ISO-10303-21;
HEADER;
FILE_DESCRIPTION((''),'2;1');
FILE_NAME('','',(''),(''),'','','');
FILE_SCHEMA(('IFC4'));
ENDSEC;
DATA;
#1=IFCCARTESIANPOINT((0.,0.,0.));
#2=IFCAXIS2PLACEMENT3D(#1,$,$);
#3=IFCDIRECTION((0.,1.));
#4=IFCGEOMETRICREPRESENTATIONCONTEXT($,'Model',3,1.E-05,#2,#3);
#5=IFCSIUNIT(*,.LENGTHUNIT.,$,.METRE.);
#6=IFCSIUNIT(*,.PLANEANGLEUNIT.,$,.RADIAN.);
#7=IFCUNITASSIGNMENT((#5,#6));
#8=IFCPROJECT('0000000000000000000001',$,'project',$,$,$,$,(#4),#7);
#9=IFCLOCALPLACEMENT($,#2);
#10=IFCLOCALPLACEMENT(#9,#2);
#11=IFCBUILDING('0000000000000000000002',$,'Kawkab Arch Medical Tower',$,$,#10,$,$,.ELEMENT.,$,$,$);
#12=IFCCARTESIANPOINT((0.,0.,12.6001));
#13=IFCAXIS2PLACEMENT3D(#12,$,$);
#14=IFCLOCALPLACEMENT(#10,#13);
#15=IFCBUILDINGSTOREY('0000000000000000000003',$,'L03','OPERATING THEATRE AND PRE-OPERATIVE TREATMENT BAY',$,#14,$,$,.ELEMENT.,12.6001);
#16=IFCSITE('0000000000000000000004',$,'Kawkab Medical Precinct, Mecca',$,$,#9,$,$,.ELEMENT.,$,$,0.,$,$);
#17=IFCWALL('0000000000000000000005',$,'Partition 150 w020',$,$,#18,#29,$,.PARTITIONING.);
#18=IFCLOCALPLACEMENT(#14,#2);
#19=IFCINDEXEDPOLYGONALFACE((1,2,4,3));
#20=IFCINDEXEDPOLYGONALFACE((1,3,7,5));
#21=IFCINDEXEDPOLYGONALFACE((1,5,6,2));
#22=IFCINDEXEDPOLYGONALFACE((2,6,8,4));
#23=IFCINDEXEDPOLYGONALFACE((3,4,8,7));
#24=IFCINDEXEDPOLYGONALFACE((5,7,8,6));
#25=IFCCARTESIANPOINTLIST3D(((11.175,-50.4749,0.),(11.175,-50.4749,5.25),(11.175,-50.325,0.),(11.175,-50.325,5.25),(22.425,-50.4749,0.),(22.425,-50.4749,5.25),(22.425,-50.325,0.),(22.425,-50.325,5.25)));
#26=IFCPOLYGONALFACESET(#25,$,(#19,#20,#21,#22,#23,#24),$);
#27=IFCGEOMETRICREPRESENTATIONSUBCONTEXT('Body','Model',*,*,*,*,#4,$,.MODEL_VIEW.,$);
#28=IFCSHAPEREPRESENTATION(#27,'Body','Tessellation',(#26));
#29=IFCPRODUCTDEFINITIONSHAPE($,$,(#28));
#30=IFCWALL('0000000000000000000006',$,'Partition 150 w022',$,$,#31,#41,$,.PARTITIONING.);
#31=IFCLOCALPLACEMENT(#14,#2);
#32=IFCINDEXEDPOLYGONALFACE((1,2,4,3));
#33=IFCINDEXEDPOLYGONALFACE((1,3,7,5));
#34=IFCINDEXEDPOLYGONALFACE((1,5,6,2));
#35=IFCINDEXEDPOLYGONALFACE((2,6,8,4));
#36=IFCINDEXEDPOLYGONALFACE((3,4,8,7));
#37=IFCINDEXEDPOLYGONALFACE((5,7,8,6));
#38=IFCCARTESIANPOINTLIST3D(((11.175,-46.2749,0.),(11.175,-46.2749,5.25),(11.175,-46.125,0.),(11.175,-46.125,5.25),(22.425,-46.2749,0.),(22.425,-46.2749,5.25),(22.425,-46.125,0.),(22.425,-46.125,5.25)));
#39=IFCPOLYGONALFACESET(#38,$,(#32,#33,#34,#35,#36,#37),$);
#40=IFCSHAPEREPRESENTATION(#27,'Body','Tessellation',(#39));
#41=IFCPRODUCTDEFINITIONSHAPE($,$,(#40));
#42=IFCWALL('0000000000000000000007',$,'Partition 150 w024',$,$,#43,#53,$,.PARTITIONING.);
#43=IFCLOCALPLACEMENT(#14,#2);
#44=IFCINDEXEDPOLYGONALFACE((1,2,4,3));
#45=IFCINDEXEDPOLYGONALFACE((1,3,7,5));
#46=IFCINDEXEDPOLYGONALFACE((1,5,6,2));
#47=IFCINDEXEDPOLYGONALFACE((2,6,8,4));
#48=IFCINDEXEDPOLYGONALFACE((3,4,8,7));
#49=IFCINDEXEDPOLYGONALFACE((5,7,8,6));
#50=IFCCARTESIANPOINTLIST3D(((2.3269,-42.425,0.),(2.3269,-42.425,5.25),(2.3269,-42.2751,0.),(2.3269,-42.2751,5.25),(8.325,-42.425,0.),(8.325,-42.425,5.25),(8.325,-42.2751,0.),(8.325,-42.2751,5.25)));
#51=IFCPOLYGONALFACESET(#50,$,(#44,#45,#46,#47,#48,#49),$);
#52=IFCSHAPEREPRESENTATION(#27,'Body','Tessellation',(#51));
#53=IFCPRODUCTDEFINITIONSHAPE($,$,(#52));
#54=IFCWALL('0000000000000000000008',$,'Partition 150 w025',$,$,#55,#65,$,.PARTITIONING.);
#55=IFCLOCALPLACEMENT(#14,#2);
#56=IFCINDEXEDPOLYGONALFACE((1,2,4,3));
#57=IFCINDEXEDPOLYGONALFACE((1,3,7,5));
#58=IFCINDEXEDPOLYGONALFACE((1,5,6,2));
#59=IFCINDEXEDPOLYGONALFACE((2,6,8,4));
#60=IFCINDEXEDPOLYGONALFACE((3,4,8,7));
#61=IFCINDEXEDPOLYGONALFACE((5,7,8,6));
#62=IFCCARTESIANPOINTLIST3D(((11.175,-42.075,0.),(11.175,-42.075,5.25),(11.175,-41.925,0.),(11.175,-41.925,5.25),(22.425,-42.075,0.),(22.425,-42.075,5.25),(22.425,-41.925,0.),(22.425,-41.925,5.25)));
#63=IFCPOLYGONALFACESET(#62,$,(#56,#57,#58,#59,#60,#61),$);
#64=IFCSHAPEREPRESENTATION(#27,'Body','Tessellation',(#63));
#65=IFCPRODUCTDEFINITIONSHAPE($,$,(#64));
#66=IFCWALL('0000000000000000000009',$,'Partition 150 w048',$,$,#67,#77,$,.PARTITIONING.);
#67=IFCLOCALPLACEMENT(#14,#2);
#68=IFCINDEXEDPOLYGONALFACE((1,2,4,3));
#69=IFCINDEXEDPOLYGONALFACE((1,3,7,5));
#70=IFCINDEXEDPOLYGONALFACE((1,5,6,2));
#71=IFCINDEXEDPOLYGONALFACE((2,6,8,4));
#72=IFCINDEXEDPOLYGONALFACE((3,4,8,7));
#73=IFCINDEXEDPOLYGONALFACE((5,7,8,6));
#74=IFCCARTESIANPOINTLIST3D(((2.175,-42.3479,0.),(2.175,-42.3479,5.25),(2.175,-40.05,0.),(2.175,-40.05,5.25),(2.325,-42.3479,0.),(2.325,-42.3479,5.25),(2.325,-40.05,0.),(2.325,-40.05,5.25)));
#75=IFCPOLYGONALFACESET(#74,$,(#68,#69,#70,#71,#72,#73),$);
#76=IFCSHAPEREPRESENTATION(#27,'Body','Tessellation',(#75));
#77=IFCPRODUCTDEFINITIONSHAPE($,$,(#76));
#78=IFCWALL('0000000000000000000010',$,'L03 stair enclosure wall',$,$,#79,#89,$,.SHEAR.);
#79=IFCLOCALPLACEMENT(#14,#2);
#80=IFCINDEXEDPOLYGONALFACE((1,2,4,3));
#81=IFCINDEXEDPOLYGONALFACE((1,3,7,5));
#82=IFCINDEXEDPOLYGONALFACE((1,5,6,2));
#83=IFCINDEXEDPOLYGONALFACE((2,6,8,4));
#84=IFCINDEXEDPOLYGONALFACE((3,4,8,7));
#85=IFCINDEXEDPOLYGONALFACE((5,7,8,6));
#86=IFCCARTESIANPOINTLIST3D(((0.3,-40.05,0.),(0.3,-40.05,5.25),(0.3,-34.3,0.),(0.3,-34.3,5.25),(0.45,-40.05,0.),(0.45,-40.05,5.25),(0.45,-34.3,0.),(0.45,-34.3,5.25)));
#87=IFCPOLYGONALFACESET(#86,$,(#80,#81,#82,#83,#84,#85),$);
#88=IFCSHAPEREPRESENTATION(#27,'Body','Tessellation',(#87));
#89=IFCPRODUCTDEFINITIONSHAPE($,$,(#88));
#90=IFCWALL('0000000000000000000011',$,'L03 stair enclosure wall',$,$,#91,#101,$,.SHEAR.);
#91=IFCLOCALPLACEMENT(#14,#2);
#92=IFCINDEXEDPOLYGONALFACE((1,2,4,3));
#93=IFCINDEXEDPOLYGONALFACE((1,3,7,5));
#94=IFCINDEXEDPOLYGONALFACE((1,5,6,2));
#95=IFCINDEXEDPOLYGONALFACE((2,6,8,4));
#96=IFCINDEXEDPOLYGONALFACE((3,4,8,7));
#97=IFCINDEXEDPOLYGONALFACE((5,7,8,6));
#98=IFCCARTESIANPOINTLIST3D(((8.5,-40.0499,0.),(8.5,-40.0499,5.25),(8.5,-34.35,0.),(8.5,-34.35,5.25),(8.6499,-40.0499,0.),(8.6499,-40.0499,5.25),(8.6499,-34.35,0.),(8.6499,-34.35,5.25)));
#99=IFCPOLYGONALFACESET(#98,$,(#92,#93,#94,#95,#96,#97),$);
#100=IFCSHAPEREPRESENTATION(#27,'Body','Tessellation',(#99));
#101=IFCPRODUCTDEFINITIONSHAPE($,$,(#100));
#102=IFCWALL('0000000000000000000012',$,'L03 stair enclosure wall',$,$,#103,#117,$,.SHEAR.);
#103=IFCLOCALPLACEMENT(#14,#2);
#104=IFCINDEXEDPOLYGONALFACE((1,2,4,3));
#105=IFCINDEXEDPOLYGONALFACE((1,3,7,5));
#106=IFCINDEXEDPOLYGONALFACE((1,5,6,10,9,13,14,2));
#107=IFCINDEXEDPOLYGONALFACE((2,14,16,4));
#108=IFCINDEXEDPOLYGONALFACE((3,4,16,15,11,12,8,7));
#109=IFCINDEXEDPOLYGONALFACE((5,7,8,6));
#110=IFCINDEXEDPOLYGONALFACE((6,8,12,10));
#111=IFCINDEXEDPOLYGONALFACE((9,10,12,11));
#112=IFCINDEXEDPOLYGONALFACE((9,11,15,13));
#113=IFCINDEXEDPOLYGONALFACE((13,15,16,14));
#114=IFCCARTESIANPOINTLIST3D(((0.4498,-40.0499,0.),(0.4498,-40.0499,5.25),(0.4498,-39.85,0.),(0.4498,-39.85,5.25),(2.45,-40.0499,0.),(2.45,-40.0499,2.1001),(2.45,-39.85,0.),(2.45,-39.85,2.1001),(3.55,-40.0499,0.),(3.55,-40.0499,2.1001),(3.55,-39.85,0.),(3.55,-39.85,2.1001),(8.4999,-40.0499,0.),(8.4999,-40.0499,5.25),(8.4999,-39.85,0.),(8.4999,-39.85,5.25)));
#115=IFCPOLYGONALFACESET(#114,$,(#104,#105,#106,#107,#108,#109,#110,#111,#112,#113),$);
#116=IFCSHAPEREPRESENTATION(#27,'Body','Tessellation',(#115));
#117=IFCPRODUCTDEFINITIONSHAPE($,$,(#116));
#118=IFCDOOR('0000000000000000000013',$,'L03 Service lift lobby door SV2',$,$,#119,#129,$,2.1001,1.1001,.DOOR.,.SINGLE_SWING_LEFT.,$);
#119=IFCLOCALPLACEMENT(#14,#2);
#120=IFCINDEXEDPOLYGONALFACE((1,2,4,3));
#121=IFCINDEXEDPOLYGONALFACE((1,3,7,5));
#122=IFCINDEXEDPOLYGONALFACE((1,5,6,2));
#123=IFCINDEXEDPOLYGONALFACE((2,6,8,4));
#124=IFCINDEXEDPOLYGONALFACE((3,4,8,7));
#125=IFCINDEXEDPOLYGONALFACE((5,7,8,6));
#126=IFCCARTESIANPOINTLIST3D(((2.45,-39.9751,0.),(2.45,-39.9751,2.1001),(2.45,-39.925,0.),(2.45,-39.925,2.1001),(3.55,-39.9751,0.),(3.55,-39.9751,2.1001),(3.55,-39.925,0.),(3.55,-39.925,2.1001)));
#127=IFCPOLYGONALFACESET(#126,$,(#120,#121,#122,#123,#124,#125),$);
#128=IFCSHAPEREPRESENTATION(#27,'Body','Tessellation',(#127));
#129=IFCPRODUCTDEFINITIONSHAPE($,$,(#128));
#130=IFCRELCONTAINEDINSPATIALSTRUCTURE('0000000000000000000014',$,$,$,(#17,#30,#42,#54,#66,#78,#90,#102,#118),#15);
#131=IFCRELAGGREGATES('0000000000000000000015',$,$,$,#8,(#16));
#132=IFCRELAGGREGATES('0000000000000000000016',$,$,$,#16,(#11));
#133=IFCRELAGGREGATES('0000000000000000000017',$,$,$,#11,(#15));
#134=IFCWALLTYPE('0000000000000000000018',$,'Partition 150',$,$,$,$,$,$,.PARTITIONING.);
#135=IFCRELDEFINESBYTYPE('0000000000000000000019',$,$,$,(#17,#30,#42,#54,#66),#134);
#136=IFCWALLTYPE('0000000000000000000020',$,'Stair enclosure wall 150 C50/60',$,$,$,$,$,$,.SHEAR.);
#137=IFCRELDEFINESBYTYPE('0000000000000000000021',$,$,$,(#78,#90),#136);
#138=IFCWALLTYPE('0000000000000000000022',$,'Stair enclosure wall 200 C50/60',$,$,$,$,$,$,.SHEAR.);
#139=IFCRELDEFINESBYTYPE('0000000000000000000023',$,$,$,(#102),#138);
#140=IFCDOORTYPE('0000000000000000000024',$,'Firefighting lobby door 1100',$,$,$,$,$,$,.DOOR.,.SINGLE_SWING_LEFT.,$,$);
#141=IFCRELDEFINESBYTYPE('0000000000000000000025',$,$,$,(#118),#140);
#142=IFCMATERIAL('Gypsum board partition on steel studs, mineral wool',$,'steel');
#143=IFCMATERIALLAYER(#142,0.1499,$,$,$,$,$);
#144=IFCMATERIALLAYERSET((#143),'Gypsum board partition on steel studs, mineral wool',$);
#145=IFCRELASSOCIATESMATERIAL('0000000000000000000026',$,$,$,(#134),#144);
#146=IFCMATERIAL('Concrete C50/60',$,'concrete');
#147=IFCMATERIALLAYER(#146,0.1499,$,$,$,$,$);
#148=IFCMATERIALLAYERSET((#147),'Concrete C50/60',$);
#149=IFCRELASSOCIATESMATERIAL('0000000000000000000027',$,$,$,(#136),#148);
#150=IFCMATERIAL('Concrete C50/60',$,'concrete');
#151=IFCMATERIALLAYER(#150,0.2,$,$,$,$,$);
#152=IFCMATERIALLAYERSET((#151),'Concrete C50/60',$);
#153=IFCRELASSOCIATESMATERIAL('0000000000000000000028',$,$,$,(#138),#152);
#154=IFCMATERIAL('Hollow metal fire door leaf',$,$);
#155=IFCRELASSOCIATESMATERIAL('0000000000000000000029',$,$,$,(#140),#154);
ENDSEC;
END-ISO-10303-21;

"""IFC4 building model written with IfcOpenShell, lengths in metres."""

from ifc_helpers import new_model, si_unit, direction, frame, frame_2d, origin, place, context, subcontext, project, spatial, rectangle, extrude, material, layer, layer_set, type_object, element, fill, save


model = new_model("IFC4")

# Units and contexts
model_context = context("Model", 3, precision=1e-05, world=origin(), true_north=direction((0.0, 1.0)))
body_context = subcontext(model_context, "Body", "Model", "MODEL_VIEW")
ifc_project = project(units=[si_unit("LENGTHUNIT", "METRE"), si_unit("PLANEANGLEUNIT", "RADIAN")], contexts=[model_context])

# Site, building, storey
site_placement = place(None, origin())
site = spatial("IfcSite", under=ifc_project, at=site_placement, Name="Kawkab Medical Precinct, Mecca", CompositionType="ELEMENT", RefElevation=0.0)
building_placement = place(site_placement, origin())
building = spatial("IfcBuilding", under=site, at=building_placement, Name="Kawkab Arch Medical Tower", CompositionType="ELEMENT")
storey_placement = place(building_placement, frame((0.0, 0.0, 12.6001)))
storey = spatial("IfcBuildingStorey", under=building, at=storey_placement, Name="L03", Description="OPERATING THEATRE AND PRE-OPERATIVE TREATMENT BAY", CompositionType="ELEMENT", Elevation=12.6001)

# Walls
ifc_material_1 = material(Name="Gypsum board partition on steel studs, mineral wool", Category="steel")
ifc_layer_1 = layer(ifc_material_1, 0.1499)
ifc_layer_set_1 = layer_set([ifc_layer_1], Name="Gypsum board partition on steel studs, mineral wool")
wall_type_1 = type_object("IfcWallType", Name="Partition 150", PredefinedType="PARTITIONING", material=ifc_layer_set_1)
for number, where, z_axis, x_axis, name in (
    (1, (11.175, -50.3999, 0.0), (0.0, 0.0, 1.0), (1.0, 0.0, 0.0), "Partition 150 w020"),
    (2, (11.175, -46.2, 0.0), (0.0, 0.0, 1.0), (1.0, 0.0, 0.0), "Partition 150 w022"),
):
    element("IfcWall", number, at=place(storey_placement, frame(where, z_axis=z_axis, x_axis=x_axis)), inside=storey, type_object=wall_type_1, Name=name, PredefinedType="PARTITIONING", context=body_context, shape_type="SweptSolid", body=[
        extrude(rectangle(XDim=11.25, YDim=0.1499, at=frame_2d((5.625, 0.0))), origin(), (0.0, 0.0, 1.0), 5.25),
    ])
wall_1_placement = place(storey_placement, frame((2.3269, -42.3501, 0.0), z_axis=(0.0, 0.0, 1.0), x_axis=(1.0, 0.0, 0.0)))
element("IfcWall", 3, at=wall_1_placement, inside=storey, type_object=wall_type_1, Name="Partition 150 w024", PredefinedType="PARTITIONING", context=body_context, shape_type="SweptSolid", body=[
    extrude(rectangle(XDim=5.998, YDim=0.1499, at=frame_2d((2.999, 0.0))), origin(), (0.0, 0.0, 1.0), 5.25),
])
wall_2_placement = place(storey_placement, frame((11.175, -42.0, 0.0), z_axis=(0.0, 0.0, 1.0), x_axis=(1.0, 0.0, 0.0)))
element("IfcWall", 4, at=wall_2_placement, inside=storey, type_object=wall_type_1, Name="Partition 150 w025", PredefinedType="PARTITIONING", context=body_context, shape_type="SweptSolid", body=[
    extrude(rectangle(XDim=11.25, YDim=0.1499, at=frame_2d((5.625, 0.0))), origin(), (0.0, 0.0, 1.0), 5.25),
])
wall_3_placement = place(storey_placement, frame((2.25, -42.3479, 0.0), z_axis=(0.0, 0.0, 1.0), x_axis=(0.0, 1.0, 0.0)))
element("IfcWall", 5, at=wall_3_placement, inside=storey, type_object=wall_type_1, Name="Partition 150 w048", PredefinedType="PARTITIONING", context=body_context, shape_type="SweptSolid", body=[
    extrude(rectangle(XDim=2.2979, YDim=0.1499, at=frame_2d((1.1489, 0.0))), origin(), (0.0, 0.0, 1.0), 5.25),
])
ifc_material_2 = material(Name="Concrete C50/60", Category="concrete")
ifc_layer_2 = layer(ifc_material_2, 0.1499)
ifc_layer_set_2 = layer_set([ifc_layer_2], Name="Concrete C50/60")
wall_type_2 = type_object("IfcWallType", Name="Stair enclosure wall 150 C50/60", PredefinedType="SHEAR", material=ifc_layer_set_2)
wall_4_placement = place(storey_placement, frame((0.375, -40.05, 0.0), z_axis=(0.0, 0.0, 1.0), x_axis=(0.0, 1.0, 0.0)))
element("IfcWall", 6, at=wall_4_placement, inside=storey, type_object=wall_type_2, Name="L03 stair enclosure wall", PredefinedType="SHEAR", context=body_context, shape_type="SweptSolid", body=[
    extrude(rectangle(XDim=5.75, YDim=0.1499, at=frame_2d((2.875, 0.0))), origin(), (0.0, 0.0, 1.0), 5.25),
])
wall_5_placement = place(storey_placement, frame((8.575, -40.05, 0.0), z_axis=(0.0, 0.0, 1.0), x_axis=(0.0, 1.0, 0.0)))
element("IfcWall", 7, at=wall_5_placement, inside=storey, type_object=wall_type_2, Name="L03 stair enclosure wall", PredefinedType="SHEAR", context=body_context, shape_type="SweptSolid", body=[
    extrude(rectangle(XDim=5.7, YDim=0.1499, at=frame_2d((2.8501, 0.0))), origin(), (0.0, 0.0, 1.0), 5.25),
])

# Wall, opening, door
ifc_material_3 = material(Name="Concrete C50/60", Category="concrete")
ifc_layer_3 = layer(ifc_material_3, 0.2)
ifc_layer_set_3 = layer_set([ifc_layer_3], Name="Concrete C50/60")
wall_type_3 = type_object("IfcWallType", Name="Stair enclosure wall 200 C50/60", PredefinedType="SHEAR", material=ifc_layer_set_3)
wall_6_placement = place(storey_placement, frame((0.45, -39.95, 0.0), z_axis=(0.0, 0.0, 1.0), x_axis=(1.0, 0.0, 0.0)))
wall_6 = element("IfcWall", 8, at=wall_6_placement, inside=storey, type_object=wall_type_3, Name="L03 stair enclosure wall", PredefinedType="SHEAR", context=body_context, shape_type="SweptSolid", body=[
    extrude(rectangle(XDim=8.05, YDim=0.2, at=frame_2d((4.0249, 0.0))), origin(), (0.0, 0.0, 1.0), 5.25),
])
opening_placement = place(wall_6_placement, frame((2.0, 0.0, 0.0)))
opening = element("IfcOpeningElement", 9, at=opening_placement, cuts=wall_6, PredefinedType="OPENING", context=body_context, shape_type="SweptSolid", body=[
    extrude(rectangle(XDim=1.1001, YDim=2.1001, at=frame_2d((0.55, 1.05))), frame((0.0, 0.1099, 0.0), z_axis=(0.0, -1.0, 0.0), x_axis=(1.0, 0.0, 0.0)), (0.0, 0.0, 1.0), 0.22),
])
ifc_material_4 = material(Name="Hollow metal fire door leaf")
door_type = type_object("IfcDoorType", Name="Firefighting lobby door 1100", OperationType="SINGLE_SWING_LEFT", PredefinedType="DOOR", material=ifc_material_4)
door_placement = place(opening_placement, origin())
door = element("IfcDoor", 10, at=door_placement, inside=storey, type_object=door_type, Name="L03 Service lift lobby door SV2", OperationType="SINGLE_SWING_LEFT", OverallHeight=2.1001, OverallWidth=1.1001, PredefinedType="DOOR", context=body_context, shape_type="SweptSolid", body=[
    extrude(rectangle(XDim=1.1001, YDim=2.1001, at=frame_2d((0.55, 1.05))), frame((0.0, 0.0249, 0.0), z_axis=(0.0, -1.0, 0.0), x_axis=(1.0, 0.0, 0.0)), (0.0, 0.0, 1.0), 0.05),
])
fill(opening, door)

save(model, "model.ifc")
